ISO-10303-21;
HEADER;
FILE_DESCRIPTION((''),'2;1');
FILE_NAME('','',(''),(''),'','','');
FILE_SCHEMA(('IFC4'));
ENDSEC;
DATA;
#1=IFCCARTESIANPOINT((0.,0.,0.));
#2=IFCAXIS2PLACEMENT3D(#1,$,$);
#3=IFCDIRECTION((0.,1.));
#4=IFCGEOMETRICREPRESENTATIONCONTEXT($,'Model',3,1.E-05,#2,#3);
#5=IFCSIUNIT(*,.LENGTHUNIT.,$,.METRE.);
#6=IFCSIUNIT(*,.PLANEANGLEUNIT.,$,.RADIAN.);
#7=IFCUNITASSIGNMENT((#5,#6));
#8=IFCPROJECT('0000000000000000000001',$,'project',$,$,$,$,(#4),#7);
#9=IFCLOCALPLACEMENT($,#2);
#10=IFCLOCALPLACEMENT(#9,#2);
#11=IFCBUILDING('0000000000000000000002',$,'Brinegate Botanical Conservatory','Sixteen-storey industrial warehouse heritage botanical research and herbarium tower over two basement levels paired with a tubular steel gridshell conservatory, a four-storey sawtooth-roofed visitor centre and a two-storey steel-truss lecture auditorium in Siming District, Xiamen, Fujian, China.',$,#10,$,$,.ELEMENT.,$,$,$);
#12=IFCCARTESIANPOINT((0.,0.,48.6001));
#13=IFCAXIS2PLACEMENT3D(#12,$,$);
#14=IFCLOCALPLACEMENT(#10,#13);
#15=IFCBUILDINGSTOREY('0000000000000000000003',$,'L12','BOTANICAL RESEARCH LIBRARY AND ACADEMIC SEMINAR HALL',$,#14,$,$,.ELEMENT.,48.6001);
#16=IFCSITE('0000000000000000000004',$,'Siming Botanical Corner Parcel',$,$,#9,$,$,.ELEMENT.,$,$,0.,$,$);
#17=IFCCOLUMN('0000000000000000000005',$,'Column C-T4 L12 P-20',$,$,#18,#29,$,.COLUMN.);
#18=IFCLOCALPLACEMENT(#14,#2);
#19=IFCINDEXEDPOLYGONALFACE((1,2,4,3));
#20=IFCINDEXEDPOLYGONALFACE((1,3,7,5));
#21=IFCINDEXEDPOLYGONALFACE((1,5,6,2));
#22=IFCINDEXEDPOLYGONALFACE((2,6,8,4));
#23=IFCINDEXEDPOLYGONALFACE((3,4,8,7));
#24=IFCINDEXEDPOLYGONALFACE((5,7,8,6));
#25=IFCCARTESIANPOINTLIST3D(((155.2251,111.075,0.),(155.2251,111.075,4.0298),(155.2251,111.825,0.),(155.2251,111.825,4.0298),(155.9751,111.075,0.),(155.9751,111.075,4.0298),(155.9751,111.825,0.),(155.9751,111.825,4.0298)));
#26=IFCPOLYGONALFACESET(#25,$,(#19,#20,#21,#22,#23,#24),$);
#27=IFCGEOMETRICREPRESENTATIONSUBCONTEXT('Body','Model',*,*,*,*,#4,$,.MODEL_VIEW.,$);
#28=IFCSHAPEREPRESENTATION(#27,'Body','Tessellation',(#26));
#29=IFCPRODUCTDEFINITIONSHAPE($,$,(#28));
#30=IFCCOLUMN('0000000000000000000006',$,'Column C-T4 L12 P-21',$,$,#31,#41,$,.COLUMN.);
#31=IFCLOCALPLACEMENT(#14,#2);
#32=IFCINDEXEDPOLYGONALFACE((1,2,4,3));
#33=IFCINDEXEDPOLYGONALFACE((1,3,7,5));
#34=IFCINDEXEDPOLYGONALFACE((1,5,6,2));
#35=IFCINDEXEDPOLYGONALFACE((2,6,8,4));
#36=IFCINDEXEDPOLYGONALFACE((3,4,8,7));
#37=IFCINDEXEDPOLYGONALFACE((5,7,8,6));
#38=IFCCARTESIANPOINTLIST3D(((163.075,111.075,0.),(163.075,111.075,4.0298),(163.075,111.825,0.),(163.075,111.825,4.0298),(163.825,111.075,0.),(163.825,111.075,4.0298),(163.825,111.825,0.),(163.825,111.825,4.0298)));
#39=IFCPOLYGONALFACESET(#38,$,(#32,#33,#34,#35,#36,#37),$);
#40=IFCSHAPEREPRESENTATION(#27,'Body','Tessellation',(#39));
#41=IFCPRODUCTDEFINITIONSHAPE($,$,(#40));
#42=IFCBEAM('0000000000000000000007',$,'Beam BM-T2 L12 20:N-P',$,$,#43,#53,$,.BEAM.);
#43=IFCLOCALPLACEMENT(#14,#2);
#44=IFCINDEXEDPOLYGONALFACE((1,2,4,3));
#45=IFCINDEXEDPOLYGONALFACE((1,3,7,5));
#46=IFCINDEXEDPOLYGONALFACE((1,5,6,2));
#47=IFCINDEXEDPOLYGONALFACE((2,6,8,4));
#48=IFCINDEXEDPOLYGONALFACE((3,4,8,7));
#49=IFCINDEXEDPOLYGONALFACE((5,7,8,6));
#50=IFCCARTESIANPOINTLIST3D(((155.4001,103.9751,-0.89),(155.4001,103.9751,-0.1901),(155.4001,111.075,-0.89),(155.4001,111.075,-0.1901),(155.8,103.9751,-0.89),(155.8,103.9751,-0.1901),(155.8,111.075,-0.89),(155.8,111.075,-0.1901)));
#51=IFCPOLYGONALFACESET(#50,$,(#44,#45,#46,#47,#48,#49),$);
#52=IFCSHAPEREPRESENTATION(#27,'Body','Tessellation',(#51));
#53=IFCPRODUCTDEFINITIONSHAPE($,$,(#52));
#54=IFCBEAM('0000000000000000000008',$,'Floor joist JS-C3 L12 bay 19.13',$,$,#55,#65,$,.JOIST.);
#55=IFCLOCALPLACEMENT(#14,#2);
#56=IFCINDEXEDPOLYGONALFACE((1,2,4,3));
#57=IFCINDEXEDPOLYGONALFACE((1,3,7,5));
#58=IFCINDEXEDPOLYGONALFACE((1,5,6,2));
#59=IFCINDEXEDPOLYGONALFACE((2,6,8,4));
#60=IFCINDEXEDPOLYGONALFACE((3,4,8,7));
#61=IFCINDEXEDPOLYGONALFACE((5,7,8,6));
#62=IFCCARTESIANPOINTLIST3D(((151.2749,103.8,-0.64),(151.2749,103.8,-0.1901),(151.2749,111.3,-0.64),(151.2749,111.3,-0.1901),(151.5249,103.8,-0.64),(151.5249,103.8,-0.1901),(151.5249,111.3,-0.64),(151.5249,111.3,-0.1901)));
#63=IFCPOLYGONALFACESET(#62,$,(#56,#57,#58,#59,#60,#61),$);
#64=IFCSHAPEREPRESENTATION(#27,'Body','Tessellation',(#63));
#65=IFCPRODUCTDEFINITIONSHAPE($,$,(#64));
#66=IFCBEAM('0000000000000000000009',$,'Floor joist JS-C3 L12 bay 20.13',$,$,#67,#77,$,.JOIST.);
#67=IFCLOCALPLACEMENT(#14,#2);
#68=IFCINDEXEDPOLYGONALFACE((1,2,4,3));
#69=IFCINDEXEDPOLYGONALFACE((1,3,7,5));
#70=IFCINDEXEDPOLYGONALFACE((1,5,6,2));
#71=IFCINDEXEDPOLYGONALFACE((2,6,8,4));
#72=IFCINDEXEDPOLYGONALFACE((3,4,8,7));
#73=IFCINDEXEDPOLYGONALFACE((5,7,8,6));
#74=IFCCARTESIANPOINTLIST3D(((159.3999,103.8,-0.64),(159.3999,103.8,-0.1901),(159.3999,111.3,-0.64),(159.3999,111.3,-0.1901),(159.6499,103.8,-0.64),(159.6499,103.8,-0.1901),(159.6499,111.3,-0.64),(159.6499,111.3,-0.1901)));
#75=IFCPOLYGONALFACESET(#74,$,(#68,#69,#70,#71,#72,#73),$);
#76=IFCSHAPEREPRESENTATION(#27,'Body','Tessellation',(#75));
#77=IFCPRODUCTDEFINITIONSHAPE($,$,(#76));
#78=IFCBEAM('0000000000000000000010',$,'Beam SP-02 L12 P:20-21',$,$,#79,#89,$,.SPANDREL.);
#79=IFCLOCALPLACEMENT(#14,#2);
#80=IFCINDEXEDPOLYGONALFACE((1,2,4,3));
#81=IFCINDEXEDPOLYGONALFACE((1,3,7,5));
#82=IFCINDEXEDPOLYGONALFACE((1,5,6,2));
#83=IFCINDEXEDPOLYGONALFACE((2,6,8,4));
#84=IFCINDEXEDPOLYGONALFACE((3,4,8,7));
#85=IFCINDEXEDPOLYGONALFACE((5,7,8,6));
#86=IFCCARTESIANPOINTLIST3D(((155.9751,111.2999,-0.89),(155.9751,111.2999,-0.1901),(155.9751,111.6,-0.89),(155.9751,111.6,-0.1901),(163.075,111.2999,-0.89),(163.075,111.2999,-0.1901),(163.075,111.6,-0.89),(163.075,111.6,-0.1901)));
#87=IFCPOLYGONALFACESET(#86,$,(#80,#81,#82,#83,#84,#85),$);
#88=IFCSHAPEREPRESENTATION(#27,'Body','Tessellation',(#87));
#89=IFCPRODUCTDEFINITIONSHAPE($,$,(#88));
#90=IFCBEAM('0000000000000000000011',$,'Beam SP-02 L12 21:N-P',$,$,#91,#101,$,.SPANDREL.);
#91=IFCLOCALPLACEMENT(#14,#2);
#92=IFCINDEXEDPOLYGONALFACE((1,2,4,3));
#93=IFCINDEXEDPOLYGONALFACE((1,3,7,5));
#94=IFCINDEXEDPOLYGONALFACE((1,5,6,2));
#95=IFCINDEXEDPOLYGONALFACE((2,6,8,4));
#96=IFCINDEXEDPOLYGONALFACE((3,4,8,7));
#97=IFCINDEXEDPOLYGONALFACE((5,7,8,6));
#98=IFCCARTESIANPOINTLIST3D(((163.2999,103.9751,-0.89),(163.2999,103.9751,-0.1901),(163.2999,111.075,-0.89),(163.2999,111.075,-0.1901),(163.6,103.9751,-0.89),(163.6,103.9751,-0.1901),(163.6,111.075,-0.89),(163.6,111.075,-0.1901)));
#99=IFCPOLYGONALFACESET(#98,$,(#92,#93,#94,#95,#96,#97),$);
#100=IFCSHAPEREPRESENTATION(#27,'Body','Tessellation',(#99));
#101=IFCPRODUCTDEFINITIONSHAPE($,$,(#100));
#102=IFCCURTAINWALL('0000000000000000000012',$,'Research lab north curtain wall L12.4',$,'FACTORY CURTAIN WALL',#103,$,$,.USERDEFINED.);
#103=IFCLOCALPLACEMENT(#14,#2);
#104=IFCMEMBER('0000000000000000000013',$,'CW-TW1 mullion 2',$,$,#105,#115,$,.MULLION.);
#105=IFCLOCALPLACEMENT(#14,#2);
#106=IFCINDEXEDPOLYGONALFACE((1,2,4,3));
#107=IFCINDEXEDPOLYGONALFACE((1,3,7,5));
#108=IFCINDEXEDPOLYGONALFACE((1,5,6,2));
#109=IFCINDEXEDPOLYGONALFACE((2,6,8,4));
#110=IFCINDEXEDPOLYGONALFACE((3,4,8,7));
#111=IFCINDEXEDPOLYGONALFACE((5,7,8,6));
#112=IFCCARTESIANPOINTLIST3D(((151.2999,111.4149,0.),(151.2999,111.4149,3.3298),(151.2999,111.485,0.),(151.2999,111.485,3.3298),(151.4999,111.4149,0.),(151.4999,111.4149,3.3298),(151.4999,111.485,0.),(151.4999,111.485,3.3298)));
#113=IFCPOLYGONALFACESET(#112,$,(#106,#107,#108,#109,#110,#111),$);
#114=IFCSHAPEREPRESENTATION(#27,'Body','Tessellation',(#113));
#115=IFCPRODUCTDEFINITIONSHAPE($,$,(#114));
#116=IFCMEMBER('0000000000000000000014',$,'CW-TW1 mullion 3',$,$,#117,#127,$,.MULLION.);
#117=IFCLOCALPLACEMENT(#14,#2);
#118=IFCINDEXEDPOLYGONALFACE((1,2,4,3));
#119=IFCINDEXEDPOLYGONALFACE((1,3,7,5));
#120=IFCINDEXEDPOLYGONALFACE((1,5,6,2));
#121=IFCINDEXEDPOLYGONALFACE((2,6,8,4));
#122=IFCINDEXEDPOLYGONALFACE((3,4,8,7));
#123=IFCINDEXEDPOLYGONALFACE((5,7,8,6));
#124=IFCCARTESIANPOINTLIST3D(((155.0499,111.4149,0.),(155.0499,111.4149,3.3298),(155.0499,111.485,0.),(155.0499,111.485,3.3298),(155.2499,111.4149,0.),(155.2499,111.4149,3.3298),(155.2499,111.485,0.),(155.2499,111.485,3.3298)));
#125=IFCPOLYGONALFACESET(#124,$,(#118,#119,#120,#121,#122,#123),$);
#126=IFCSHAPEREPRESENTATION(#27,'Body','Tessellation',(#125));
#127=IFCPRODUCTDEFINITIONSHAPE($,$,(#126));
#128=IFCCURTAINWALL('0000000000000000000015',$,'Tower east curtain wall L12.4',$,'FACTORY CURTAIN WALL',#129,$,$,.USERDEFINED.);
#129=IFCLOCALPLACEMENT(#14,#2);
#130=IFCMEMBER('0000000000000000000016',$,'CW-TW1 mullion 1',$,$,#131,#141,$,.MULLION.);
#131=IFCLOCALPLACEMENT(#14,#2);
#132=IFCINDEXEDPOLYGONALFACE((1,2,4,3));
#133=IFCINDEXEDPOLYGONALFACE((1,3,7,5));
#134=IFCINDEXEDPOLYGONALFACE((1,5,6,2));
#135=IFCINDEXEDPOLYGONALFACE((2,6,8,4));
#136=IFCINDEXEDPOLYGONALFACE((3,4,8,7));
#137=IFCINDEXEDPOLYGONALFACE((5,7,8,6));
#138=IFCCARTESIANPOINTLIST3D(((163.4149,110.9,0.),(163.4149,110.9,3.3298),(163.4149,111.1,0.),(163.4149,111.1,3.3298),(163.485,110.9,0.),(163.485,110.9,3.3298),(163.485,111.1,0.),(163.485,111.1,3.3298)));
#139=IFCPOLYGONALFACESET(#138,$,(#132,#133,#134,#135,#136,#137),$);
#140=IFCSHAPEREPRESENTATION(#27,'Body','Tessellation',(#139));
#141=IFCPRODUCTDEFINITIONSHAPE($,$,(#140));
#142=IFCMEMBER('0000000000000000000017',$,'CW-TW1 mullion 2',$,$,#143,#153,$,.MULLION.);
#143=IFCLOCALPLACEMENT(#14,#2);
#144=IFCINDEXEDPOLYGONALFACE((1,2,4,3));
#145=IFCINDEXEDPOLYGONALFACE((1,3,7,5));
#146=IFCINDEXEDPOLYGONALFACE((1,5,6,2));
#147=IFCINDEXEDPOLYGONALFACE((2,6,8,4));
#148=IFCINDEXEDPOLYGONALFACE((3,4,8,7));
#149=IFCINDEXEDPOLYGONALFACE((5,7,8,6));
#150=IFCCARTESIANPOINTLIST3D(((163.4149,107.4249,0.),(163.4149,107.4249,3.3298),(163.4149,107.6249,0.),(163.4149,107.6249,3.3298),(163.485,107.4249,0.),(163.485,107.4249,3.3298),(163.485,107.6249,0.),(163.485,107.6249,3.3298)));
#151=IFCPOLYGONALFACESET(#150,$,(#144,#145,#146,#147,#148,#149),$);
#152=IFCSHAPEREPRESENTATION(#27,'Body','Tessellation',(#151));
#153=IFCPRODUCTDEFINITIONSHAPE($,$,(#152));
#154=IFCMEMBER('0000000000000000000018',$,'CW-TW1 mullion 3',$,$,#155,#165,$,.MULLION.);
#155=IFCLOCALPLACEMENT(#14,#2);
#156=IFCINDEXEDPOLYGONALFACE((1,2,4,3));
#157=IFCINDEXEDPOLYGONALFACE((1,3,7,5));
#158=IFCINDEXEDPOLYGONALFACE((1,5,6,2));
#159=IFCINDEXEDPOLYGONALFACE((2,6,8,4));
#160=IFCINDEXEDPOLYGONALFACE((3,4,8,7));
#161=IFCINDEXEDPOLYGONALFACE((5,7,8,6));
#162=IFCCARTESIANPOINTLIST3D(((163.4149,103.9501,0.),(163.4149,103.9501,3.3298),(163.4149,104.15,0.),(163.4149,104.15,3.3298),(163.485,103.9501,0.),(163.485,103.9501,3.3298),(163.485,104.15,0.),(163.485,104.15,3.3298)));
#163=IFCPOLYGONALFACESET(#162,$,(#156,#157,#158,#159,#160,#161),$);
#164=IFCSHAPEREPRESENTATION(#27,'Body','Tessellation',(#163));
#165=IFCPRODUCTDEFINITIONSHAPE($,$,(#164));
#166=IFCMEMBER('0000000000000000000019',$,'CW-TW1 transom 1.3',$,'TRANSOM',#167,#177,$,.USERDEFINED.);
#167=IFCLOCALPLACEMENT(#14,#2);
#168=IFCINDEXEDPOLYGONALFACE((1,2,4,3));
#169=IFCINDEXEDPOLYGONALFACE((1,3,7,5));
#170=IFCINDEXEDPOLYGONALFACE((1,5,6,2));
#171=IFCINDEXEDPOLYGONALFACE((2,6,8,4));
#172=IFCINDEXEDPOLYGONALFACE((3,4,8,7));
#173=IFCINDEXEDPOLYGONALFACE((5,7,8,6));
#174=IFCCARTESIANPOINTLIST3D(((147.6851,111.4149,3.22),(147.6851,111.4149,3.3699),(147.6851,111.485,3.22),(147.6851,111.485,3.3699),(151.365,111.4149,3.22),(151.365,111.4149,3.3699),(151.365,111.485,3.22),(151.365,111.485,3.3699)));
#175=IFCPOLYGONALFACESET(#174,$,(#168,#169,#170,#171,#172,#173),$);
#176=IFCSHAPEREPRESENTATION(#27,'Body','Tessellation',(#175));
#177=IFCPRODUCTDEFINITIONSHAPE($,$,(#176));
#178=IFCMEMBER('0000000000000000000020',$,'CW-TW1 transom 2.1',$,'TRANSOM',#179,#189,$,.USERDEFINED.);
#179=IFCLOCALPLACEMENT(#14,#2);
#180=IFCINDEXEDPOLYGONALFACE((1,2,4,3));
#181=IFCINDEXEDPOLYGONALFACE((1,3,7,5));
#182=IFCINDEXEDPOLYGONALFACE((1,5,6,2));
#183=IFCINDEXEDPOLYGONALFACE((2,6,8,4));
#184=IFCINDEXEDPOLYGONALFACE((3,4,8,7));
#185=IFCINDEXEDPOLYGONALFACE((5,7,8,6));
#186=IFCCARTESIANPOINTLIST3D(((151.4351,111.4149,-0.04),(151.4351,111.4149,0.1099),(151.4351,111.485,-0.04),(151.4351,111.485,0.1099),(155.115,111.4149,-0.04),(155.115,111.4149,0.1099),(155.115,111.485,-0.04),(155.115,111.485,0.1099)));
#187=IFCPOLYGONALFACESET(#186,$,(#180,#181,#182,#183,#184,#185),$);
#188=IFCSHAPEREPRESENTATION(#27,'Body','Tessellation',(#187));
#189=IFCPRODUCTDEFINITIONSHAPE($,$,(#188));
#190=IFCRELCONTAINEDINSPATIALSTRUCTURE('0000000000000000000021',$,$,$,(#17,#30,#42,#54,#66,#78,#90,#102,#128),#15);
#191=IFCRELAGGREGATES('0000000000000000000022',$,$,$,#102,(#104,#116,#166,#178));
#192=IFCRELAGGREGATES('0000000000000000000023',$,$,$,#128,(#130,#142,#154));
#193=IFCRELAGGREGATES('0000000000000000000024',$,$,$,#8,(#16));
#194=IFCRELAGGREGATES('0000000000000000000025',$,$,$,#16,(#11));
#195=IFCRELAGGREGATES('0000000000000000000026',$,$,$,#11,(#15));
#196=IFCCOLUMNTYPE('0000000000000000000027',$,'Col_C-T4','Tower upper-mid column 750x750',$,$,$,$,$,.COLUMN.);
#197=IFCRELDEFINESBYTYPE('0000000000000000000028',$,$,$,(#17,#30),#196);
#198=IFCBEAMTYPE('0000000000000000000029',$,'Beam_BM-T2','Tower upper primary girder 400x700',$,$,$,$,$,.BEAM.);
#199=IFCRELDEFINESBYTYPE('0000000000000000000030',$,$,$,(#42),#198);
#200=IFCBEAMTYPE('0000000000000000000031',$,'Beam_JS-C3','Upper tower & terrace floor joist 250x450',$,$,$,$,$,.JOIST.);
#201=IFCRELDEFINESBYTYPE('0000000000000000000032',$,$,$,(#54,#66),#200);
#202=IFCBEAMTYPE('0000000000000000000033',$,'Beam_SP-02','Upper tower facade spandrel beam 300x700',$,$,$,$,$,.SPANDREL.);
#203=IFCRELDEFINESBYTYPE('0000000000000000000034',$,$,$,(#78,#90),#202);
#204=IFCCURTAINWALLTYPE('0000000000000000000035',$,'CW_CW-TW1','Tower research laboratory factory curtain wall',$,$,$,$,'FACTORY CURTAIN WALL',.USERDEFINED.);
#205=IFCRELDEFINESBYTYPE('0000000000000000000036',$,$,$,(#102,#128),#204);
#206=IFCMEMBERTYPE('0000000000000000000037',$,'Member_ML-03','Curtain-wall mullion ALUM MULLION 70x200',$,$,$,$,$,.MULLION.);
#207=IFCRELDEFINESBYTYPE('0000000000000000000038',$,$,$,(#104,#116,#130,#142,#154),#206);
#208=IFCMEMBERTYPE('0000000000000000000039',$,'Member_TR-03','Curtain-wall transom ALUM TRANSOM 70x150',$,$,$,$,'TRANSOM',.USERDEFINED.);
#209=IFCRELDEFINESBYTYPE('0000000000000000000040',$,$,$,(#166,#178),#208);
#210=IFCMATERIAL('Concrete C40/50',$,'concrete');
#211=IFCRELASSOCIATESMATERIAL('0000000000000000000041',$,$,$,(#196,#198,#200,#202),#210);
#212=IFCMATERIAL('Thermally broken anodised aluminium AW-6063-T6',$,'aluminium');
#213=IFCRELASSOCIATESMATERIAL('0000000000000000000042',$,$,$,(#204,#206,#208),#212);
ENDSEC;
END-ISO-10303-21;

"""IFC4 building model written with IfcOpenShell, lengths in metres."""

from ifc_helpers import new_model, si_unit, direction, frame, origin, origin_2d, place, context, subcontext, project, spatial, rectangle, extrude, material, material_profile, profile_set, type_object, element, aggregate, save


model = new_model("IFC4")

# Units and contexts
model_context = context("Model", 3, precision=1e-05, world=origin(), true_north=direction((0.0, 1.0)))
body_context = subcontext(model_context, "Body", "Model", "MODEL_VIEW")
ifc_project = project(units=[si_unit("LENGTHUNIT", "METRE"), si_unit("PLANEANGLEUNIT", "RADIAN")], contexts=[model_context])

# Site, building, storey
site_placement = place(None, origin())
site = spatial("IfcSite", under=ifc_project, at=site_placement, Name="Siming Botanical Corner Parcel", CompositionType="ELEMENT", RefElevation=0.0)
building_placement = place(site_placement, origin())
building = spatial("IfcBuilding", under=site, at=building_placement, Name="Brinegate Botanical Conservatory", Description="Sixteen-storey industrial warehouse heritage botanical research and herbarium tower over two basement levels paired with a tubular steel gridshell conservatory, a four-storey sawtooth-roofed visitor centre and a two-storey steel-truss lecture auditorium in Siming District, Xiamen, Fujian, China.", CompositionType="ELEMENT")
storey_placement = place(building_placement, frame((0.0, 0.0, 48.6001)))
storey = spatial("IfcBuildingStorey", under=building, at=storey_placement, Name="L12", Description="BOTANICAL RESEARCH LIBRARY AND ACADEMIC SEMINAR HALL", CompositionType="ELEMENT", Elevation=48.6001)

# Columns
ifc_material_1 = material(Name="Concrete C40/50", Category="concrete")
ifc_material_profile_1 = material_profile(ifc_material_1, rectangle(XDim=0.75, YDim=0.75, at=origin_2d()), Name="RC COL 750x750")
ifc_profile_set_1 = profile_set([ifc_material_profile_1], Name="Concrete C40/50")
column_type = type_object("IfcColumnType", Name="Col_C-T4", Description="Tower upper-mid column 750x750", PredefinedType="COLUMN", material=ifc_profile_set_1)
for number, where, z_axis, x_axis, name in (
    (1, (155.6001, 111.45, 0.0), (0.0, 0.0, 1.0), (1.0, 0.0, 0.0), "Column C-T4 L12 P-20"),
    (2, (163.45, 111.45, 0.0), (0.0, 0.0, 1.0), (1.0, 0.0, 0.0), "Column C-T4 L12 P-21"),
):
    element("IfcColumn", number, at=place(storey_placement, frame(where, z_axis=z_axis, x_axis=x_axis)), inside=storey, type_object=column_type, Name=name, PredefinedType="COLUMN", context=body_context, shape_type="SweptSolid", body=[
        extrude(rectangle(XDim=0.75, YDim=0.75, at=origin_2d()), origin(), (0.0, 0.0, 1.0), 4.0298),
    ])

# Beams
ifc_material_profile_2 = material_profile(ifc_material_1, rectangle(XDim=0.3999, YDim=0.7, at=origin_2d()), Name="RC BM 400x700")
ifc_profile_set_2 = profile_set([ifc_material_profile_2], Name="Concrete C40/50")
beam_type_1 = type_object("IfcBeamType", Name="Beam_BM-T2", Description="Tower upper primary girder 400x700", PredefinedType="BEAM", material=ifc_profile_set_2)
beam_placement = place(storey_placement, frame((155.6001, 103.9751, -0.54), z_axis=(0.0, 1.0, 0.0), x_axis=(-1.0, 0.0, 0.0)))
element("IfcBeam", 3, at=beam_placement, inside=storey, type_object=beam_type_1, Name="Beam BM-T2 L12 20:N-P", PredefinedType="BEAM", context=body_context, shape_type="SweptSolid", body=[
    extrude(rectangle(XDim=0.3999, YDim=0.7, at=origin_2d()), origin(), (0.0, 0.0, 1.0), 7.0999),
])
ifc_material_profile_3 = material_profile(ifc_material_1, rectangle(XDim=0.25, YDim=0.45, at=origin_2d()), Name="RC JST 250x450")
ifc_profile_set_3 = profile_set([ifc_material_profile_3], Name="Concrete C40/50")
beam_type_2 = type_object("IfcBeamType", Name="Beam_JS-C3", Description="Upper tower & terrace floor joist 250x450", PredefinedType="JOIST", material=ifc_profile_set_3)
for number, where, z_axis, x_axis, name in (
    (4, (151.3999, 103.8, -0.415), (0.0, 1.0, 0.0), (-1.0, 0.0, 0.0), "Floor joist JS-C3 L12 bay 19.13"),
    (5, (159.5249, 103.8, -0.415), (0.0, 1.0, 0.0), (-1.0, 0.0, 0.0), "Floor joist JS-C3 L12 bay 20.13"),
):
    element("IfcBeam", number, at=place(storey_placement, frame(where, z_axis=z_axis, x_axis=x_axis)), inside=storey, type_object=beam_type_2, Name=name, PredefinedType="JOIST", context=body_context, shape_type="SweptSolid", body=[
        extrude(rectangle(XDim=0.25, YDim=0.45, at=origin_2d()), origin(), (0.0, 0.0, 1.0), 7.5),
    ])
ifc_material_profile_4 = material_profile(ifc_material_1, rectangle(XDim=0.3, YDim=0.7, at=origin_2d()), Name="RC SPN 300x700")
ifc_profile_set_4 = profile_set([ifc_material_profile_4], Name="Concrete C40/50")
beam_type_3 = type_object("IfcBeamType", Name="Beam_SP-02", Description="Upper tower facade spandrel beam 300x700", PredefinedType="SPANDREL", material=ifc_profile_set_4)
for number, where, z_axis, x_axis, name in (
    (6, (155.9751, 111.45, -0.54), (1.0, 0.0, 0.0), (0.0, 1.0, 0.0), "Beam SP-02 L12 P:20-21"),
    (7, (163.45, 103.9751, -0.54), (0.0, 1.0, 0.0), (-1.0, 0.0, 0.0), "Beam SP-02 L12 21:N-P"),
):
    element("IfcBeam", number, at=place(storey_placement, frame(where, z_axis=z_axis, x_axis=x_axis)), inside=storey, type_object=beam_type_3, Name=name, PredefinedType="SPANDREL", context=body_context, shape_type="SweptSolid", body=[
        extrude(rectangle(XDim=0.3, YDim=0.7, at=origin_2d()), origin(), (0.0, 0.0, 1.0), 7.0999),
    ])

# Curtain walls, members
ifc_material_2 = material(Name="Thermally broken anodised aluminium AW-6063-T6", Category="aluminium")
curtain_wall_type = type_object("IfcCurtainWallType", Name="CW_CW-TW1", Description="Tower research laboratory factory curtain wall", ElementType="FACTORY CURTAIN WALL", PredefinedType="USERDEFINED", material=ifc_material_2)
curtain_wall_1_placement = place(storey_placement, origin())
curtain_wall_1 = element("IfcCurtainWall", 8, at=curtain_wall_1_placement, inside=storey, type_object=curtain_wall_type, Name="Research lab north curtain wall L12.4", ObjectType="FACTORY CURTAIN WALL", PredefinedType="USERDEFINED")
ifc_material_profile_5 = material_profile(ifc_material_2, rectangle(XDim=0.0701, YDim=0.2, at=origin_2d()), Name="ALUM MULLION 70x200")
ifc_profile_set_5 = profile_set([ifc_material_profile_5], Name="Thermally broken anodised aluminium AW-6063-T6")
member_type_1 = type_object("IfcMemberType", Name="Member_ML-03", Description="Curtain-wall mullion ALUM MULLION 70x200", PredefinedType="MULLION", material=ifc_profile_set_5)
member_1_placement = place(storey_placement, frame((151.3999, 111.45, 0.0), z_axis=(0.0, 0.0, 1.0), x_axis=(0.0, 1.0, 0.0)))
member_1 = element("IfcMember", 9, at=member_1_placement, type_object=member_type_1, Name="CW-TW1 mullion 2", PredefinedType="MULLION", context=body_context, shape_type="SweptSolid", body=[
    extrude(rectangle(XDim=0.0701, YDim=0.2, at=origin_2d()), origin(), (0.0, 0.0, 1.0), 3.3298),
])
member_2_placement = place(storey_placement, frame((155.1499, 111.45, 0.0), z_axis=(0.0, 0.0, 1.0), x_axis=(0.0, 1.0, 0.0)))
member_2 = element("IfcMember", 10, at=member_2_placement, type_object=member_type_1, Name="CW-TW1 mullion 3", PredefinedType="MULLION", context=body_context, shape_type="SweptSolid", body=[
    extrude(rectangle(XDim=0.0701, YDim=0.2, at=origin_2d()), origin(), (0.0, 0.0, 1.0), 3.3298),
])
curtain_wall_2_placement = place(storey_placement, origin())
curtain_wall_2 = element("IfcCurtainWall", 11, at=curtain_wall_2_placement, inside=storey, type_object=curtain_wall_type, Name="Tower east curtain wall L12.4", ObjectType="FACTORY CURTAIN WALL", PredefinedType="USERDEFINED")
member_3_placement = place(storey_placement, frame((163.45, 111.0, 0.0), z_axis=(0.0, 0.0, 1.0), x_axis=(1.0, 0.0, 0.0)))
member_3 = element("IfcMember", 12, at=member_3_placement, type_object=member_type_1, Name="CW-TW1 mullion 1", PredefinedType="MULLION", context=body_context, shape_type="SweptSolid", body=[
    extrude(rectangle(XDim=0.0701, YDim=0.2, at=origin_2d()), origin(), (0.0, 0.0, 1.0), 3.3298),
])
member_4_placement = place(storey_placement, frame((163.45, 107.5249, 0.0), z_axis=(0.0, 0.0, 1.0), x_axis=(1.0, 0.0, 0.0)))
member_4 = element("IfcMember", 13, at=member_4_placement, type_object=member_type_1, Name="CW-TW1 mullion 2", PredefinedType="MULLION", context=body_context, shape_type="SweptSolid", body=[
    extrude(rectangle(XDim=0.0701, YDim=0.2, at=origin_2d()), origin(), (0.0, 0.0, 1.0), 3.3298),
])
member_5_placement = place(storey_placement, frame((163.45, 104.05, 0.0), z_axis=(0.0, 0.0, 1.0), x_axis=(1.0, 0.0, 0.0)))
member_5 = element("IfcMember", 14, at=member_5_placement, type_object=member_type_1, Name="CW-TW1 mullion 3", PredefinedType="MULLION", context=body_context, shape_type="SweptSolid", body=[
    extrude(rectangle(XDim=0.0701, YDim=0.2, at=origin_2d()), origin(), (0.0, 0.0, 1.0), 3.3298),
])

# Members
ifc_material_profile_6 = material_profile(ifc_material_2, rectangle(XDim=0.0701, YDim=0.1499, at=origin_2d()), Name="ALUM TRANSOM 70x150")
ifc_profile_set_6 = profile_set([ifc_material_profile_6], Name="Thermally broken anodised aluminium AW-6063-T6")
member_type_2 = type_object("IfcMemberType", Name="Member_TR-03", Description="Curtain-wall transom ALUM TRANSOM 70x150", ElementType="TRANSOM", PredefinedType="USERDEFINED", material=ifc_profile_set_6)
member_6_placement = place(storey_placement, frame((147.6851, 111.45, 3.2949), z_axis=(1.0, 0.0, 0.0), x_axis=(0.0, 1.0, 0.0)))
member_6 = element("IfcMember", 15, at=member_6_placement, type_object=member_type_2, Name="CW-TW1 transom 1.3", ObjectType="TRANSOM", PredefinedType="USERDEFINED", context=body_context, shape_type="SweptSolid", body=[
    extrude(rectangle(XDim=0.0701, YDim=0.1499, at=origin_2d()), origin(), (0.0, 0.0, 1.0), 3.6799),
])
member_7_placement = place(storey_placement, frame((151.4351, 111.45, 0.0349), z_axis=(1.0, 0.0, 0.0), x_axis=(0.0, 1.0, 0.0)))
member_7 = element("IfcMember", 16, at=member_7_placement, type_object=member_type_2, Name="CW-TW1 transom 2.1", ObjectType="TRANSOM", PredefinedType="USERDEFINED", context=body_context, shape_type="SweptSolid", body=[
    extrude(rectangle(XDim=0.0701, YDim=0.1499, at=origin_2d()), origin(), (0.0, 0.0, 1.0), 3.6799),
])

aggregate(curtain_wall_1, [member_1, member_2, member_6, member_7])
aggregate(curtain_wall_2, [member_3, member_4, member_5])

save(model, "model.ifc")
